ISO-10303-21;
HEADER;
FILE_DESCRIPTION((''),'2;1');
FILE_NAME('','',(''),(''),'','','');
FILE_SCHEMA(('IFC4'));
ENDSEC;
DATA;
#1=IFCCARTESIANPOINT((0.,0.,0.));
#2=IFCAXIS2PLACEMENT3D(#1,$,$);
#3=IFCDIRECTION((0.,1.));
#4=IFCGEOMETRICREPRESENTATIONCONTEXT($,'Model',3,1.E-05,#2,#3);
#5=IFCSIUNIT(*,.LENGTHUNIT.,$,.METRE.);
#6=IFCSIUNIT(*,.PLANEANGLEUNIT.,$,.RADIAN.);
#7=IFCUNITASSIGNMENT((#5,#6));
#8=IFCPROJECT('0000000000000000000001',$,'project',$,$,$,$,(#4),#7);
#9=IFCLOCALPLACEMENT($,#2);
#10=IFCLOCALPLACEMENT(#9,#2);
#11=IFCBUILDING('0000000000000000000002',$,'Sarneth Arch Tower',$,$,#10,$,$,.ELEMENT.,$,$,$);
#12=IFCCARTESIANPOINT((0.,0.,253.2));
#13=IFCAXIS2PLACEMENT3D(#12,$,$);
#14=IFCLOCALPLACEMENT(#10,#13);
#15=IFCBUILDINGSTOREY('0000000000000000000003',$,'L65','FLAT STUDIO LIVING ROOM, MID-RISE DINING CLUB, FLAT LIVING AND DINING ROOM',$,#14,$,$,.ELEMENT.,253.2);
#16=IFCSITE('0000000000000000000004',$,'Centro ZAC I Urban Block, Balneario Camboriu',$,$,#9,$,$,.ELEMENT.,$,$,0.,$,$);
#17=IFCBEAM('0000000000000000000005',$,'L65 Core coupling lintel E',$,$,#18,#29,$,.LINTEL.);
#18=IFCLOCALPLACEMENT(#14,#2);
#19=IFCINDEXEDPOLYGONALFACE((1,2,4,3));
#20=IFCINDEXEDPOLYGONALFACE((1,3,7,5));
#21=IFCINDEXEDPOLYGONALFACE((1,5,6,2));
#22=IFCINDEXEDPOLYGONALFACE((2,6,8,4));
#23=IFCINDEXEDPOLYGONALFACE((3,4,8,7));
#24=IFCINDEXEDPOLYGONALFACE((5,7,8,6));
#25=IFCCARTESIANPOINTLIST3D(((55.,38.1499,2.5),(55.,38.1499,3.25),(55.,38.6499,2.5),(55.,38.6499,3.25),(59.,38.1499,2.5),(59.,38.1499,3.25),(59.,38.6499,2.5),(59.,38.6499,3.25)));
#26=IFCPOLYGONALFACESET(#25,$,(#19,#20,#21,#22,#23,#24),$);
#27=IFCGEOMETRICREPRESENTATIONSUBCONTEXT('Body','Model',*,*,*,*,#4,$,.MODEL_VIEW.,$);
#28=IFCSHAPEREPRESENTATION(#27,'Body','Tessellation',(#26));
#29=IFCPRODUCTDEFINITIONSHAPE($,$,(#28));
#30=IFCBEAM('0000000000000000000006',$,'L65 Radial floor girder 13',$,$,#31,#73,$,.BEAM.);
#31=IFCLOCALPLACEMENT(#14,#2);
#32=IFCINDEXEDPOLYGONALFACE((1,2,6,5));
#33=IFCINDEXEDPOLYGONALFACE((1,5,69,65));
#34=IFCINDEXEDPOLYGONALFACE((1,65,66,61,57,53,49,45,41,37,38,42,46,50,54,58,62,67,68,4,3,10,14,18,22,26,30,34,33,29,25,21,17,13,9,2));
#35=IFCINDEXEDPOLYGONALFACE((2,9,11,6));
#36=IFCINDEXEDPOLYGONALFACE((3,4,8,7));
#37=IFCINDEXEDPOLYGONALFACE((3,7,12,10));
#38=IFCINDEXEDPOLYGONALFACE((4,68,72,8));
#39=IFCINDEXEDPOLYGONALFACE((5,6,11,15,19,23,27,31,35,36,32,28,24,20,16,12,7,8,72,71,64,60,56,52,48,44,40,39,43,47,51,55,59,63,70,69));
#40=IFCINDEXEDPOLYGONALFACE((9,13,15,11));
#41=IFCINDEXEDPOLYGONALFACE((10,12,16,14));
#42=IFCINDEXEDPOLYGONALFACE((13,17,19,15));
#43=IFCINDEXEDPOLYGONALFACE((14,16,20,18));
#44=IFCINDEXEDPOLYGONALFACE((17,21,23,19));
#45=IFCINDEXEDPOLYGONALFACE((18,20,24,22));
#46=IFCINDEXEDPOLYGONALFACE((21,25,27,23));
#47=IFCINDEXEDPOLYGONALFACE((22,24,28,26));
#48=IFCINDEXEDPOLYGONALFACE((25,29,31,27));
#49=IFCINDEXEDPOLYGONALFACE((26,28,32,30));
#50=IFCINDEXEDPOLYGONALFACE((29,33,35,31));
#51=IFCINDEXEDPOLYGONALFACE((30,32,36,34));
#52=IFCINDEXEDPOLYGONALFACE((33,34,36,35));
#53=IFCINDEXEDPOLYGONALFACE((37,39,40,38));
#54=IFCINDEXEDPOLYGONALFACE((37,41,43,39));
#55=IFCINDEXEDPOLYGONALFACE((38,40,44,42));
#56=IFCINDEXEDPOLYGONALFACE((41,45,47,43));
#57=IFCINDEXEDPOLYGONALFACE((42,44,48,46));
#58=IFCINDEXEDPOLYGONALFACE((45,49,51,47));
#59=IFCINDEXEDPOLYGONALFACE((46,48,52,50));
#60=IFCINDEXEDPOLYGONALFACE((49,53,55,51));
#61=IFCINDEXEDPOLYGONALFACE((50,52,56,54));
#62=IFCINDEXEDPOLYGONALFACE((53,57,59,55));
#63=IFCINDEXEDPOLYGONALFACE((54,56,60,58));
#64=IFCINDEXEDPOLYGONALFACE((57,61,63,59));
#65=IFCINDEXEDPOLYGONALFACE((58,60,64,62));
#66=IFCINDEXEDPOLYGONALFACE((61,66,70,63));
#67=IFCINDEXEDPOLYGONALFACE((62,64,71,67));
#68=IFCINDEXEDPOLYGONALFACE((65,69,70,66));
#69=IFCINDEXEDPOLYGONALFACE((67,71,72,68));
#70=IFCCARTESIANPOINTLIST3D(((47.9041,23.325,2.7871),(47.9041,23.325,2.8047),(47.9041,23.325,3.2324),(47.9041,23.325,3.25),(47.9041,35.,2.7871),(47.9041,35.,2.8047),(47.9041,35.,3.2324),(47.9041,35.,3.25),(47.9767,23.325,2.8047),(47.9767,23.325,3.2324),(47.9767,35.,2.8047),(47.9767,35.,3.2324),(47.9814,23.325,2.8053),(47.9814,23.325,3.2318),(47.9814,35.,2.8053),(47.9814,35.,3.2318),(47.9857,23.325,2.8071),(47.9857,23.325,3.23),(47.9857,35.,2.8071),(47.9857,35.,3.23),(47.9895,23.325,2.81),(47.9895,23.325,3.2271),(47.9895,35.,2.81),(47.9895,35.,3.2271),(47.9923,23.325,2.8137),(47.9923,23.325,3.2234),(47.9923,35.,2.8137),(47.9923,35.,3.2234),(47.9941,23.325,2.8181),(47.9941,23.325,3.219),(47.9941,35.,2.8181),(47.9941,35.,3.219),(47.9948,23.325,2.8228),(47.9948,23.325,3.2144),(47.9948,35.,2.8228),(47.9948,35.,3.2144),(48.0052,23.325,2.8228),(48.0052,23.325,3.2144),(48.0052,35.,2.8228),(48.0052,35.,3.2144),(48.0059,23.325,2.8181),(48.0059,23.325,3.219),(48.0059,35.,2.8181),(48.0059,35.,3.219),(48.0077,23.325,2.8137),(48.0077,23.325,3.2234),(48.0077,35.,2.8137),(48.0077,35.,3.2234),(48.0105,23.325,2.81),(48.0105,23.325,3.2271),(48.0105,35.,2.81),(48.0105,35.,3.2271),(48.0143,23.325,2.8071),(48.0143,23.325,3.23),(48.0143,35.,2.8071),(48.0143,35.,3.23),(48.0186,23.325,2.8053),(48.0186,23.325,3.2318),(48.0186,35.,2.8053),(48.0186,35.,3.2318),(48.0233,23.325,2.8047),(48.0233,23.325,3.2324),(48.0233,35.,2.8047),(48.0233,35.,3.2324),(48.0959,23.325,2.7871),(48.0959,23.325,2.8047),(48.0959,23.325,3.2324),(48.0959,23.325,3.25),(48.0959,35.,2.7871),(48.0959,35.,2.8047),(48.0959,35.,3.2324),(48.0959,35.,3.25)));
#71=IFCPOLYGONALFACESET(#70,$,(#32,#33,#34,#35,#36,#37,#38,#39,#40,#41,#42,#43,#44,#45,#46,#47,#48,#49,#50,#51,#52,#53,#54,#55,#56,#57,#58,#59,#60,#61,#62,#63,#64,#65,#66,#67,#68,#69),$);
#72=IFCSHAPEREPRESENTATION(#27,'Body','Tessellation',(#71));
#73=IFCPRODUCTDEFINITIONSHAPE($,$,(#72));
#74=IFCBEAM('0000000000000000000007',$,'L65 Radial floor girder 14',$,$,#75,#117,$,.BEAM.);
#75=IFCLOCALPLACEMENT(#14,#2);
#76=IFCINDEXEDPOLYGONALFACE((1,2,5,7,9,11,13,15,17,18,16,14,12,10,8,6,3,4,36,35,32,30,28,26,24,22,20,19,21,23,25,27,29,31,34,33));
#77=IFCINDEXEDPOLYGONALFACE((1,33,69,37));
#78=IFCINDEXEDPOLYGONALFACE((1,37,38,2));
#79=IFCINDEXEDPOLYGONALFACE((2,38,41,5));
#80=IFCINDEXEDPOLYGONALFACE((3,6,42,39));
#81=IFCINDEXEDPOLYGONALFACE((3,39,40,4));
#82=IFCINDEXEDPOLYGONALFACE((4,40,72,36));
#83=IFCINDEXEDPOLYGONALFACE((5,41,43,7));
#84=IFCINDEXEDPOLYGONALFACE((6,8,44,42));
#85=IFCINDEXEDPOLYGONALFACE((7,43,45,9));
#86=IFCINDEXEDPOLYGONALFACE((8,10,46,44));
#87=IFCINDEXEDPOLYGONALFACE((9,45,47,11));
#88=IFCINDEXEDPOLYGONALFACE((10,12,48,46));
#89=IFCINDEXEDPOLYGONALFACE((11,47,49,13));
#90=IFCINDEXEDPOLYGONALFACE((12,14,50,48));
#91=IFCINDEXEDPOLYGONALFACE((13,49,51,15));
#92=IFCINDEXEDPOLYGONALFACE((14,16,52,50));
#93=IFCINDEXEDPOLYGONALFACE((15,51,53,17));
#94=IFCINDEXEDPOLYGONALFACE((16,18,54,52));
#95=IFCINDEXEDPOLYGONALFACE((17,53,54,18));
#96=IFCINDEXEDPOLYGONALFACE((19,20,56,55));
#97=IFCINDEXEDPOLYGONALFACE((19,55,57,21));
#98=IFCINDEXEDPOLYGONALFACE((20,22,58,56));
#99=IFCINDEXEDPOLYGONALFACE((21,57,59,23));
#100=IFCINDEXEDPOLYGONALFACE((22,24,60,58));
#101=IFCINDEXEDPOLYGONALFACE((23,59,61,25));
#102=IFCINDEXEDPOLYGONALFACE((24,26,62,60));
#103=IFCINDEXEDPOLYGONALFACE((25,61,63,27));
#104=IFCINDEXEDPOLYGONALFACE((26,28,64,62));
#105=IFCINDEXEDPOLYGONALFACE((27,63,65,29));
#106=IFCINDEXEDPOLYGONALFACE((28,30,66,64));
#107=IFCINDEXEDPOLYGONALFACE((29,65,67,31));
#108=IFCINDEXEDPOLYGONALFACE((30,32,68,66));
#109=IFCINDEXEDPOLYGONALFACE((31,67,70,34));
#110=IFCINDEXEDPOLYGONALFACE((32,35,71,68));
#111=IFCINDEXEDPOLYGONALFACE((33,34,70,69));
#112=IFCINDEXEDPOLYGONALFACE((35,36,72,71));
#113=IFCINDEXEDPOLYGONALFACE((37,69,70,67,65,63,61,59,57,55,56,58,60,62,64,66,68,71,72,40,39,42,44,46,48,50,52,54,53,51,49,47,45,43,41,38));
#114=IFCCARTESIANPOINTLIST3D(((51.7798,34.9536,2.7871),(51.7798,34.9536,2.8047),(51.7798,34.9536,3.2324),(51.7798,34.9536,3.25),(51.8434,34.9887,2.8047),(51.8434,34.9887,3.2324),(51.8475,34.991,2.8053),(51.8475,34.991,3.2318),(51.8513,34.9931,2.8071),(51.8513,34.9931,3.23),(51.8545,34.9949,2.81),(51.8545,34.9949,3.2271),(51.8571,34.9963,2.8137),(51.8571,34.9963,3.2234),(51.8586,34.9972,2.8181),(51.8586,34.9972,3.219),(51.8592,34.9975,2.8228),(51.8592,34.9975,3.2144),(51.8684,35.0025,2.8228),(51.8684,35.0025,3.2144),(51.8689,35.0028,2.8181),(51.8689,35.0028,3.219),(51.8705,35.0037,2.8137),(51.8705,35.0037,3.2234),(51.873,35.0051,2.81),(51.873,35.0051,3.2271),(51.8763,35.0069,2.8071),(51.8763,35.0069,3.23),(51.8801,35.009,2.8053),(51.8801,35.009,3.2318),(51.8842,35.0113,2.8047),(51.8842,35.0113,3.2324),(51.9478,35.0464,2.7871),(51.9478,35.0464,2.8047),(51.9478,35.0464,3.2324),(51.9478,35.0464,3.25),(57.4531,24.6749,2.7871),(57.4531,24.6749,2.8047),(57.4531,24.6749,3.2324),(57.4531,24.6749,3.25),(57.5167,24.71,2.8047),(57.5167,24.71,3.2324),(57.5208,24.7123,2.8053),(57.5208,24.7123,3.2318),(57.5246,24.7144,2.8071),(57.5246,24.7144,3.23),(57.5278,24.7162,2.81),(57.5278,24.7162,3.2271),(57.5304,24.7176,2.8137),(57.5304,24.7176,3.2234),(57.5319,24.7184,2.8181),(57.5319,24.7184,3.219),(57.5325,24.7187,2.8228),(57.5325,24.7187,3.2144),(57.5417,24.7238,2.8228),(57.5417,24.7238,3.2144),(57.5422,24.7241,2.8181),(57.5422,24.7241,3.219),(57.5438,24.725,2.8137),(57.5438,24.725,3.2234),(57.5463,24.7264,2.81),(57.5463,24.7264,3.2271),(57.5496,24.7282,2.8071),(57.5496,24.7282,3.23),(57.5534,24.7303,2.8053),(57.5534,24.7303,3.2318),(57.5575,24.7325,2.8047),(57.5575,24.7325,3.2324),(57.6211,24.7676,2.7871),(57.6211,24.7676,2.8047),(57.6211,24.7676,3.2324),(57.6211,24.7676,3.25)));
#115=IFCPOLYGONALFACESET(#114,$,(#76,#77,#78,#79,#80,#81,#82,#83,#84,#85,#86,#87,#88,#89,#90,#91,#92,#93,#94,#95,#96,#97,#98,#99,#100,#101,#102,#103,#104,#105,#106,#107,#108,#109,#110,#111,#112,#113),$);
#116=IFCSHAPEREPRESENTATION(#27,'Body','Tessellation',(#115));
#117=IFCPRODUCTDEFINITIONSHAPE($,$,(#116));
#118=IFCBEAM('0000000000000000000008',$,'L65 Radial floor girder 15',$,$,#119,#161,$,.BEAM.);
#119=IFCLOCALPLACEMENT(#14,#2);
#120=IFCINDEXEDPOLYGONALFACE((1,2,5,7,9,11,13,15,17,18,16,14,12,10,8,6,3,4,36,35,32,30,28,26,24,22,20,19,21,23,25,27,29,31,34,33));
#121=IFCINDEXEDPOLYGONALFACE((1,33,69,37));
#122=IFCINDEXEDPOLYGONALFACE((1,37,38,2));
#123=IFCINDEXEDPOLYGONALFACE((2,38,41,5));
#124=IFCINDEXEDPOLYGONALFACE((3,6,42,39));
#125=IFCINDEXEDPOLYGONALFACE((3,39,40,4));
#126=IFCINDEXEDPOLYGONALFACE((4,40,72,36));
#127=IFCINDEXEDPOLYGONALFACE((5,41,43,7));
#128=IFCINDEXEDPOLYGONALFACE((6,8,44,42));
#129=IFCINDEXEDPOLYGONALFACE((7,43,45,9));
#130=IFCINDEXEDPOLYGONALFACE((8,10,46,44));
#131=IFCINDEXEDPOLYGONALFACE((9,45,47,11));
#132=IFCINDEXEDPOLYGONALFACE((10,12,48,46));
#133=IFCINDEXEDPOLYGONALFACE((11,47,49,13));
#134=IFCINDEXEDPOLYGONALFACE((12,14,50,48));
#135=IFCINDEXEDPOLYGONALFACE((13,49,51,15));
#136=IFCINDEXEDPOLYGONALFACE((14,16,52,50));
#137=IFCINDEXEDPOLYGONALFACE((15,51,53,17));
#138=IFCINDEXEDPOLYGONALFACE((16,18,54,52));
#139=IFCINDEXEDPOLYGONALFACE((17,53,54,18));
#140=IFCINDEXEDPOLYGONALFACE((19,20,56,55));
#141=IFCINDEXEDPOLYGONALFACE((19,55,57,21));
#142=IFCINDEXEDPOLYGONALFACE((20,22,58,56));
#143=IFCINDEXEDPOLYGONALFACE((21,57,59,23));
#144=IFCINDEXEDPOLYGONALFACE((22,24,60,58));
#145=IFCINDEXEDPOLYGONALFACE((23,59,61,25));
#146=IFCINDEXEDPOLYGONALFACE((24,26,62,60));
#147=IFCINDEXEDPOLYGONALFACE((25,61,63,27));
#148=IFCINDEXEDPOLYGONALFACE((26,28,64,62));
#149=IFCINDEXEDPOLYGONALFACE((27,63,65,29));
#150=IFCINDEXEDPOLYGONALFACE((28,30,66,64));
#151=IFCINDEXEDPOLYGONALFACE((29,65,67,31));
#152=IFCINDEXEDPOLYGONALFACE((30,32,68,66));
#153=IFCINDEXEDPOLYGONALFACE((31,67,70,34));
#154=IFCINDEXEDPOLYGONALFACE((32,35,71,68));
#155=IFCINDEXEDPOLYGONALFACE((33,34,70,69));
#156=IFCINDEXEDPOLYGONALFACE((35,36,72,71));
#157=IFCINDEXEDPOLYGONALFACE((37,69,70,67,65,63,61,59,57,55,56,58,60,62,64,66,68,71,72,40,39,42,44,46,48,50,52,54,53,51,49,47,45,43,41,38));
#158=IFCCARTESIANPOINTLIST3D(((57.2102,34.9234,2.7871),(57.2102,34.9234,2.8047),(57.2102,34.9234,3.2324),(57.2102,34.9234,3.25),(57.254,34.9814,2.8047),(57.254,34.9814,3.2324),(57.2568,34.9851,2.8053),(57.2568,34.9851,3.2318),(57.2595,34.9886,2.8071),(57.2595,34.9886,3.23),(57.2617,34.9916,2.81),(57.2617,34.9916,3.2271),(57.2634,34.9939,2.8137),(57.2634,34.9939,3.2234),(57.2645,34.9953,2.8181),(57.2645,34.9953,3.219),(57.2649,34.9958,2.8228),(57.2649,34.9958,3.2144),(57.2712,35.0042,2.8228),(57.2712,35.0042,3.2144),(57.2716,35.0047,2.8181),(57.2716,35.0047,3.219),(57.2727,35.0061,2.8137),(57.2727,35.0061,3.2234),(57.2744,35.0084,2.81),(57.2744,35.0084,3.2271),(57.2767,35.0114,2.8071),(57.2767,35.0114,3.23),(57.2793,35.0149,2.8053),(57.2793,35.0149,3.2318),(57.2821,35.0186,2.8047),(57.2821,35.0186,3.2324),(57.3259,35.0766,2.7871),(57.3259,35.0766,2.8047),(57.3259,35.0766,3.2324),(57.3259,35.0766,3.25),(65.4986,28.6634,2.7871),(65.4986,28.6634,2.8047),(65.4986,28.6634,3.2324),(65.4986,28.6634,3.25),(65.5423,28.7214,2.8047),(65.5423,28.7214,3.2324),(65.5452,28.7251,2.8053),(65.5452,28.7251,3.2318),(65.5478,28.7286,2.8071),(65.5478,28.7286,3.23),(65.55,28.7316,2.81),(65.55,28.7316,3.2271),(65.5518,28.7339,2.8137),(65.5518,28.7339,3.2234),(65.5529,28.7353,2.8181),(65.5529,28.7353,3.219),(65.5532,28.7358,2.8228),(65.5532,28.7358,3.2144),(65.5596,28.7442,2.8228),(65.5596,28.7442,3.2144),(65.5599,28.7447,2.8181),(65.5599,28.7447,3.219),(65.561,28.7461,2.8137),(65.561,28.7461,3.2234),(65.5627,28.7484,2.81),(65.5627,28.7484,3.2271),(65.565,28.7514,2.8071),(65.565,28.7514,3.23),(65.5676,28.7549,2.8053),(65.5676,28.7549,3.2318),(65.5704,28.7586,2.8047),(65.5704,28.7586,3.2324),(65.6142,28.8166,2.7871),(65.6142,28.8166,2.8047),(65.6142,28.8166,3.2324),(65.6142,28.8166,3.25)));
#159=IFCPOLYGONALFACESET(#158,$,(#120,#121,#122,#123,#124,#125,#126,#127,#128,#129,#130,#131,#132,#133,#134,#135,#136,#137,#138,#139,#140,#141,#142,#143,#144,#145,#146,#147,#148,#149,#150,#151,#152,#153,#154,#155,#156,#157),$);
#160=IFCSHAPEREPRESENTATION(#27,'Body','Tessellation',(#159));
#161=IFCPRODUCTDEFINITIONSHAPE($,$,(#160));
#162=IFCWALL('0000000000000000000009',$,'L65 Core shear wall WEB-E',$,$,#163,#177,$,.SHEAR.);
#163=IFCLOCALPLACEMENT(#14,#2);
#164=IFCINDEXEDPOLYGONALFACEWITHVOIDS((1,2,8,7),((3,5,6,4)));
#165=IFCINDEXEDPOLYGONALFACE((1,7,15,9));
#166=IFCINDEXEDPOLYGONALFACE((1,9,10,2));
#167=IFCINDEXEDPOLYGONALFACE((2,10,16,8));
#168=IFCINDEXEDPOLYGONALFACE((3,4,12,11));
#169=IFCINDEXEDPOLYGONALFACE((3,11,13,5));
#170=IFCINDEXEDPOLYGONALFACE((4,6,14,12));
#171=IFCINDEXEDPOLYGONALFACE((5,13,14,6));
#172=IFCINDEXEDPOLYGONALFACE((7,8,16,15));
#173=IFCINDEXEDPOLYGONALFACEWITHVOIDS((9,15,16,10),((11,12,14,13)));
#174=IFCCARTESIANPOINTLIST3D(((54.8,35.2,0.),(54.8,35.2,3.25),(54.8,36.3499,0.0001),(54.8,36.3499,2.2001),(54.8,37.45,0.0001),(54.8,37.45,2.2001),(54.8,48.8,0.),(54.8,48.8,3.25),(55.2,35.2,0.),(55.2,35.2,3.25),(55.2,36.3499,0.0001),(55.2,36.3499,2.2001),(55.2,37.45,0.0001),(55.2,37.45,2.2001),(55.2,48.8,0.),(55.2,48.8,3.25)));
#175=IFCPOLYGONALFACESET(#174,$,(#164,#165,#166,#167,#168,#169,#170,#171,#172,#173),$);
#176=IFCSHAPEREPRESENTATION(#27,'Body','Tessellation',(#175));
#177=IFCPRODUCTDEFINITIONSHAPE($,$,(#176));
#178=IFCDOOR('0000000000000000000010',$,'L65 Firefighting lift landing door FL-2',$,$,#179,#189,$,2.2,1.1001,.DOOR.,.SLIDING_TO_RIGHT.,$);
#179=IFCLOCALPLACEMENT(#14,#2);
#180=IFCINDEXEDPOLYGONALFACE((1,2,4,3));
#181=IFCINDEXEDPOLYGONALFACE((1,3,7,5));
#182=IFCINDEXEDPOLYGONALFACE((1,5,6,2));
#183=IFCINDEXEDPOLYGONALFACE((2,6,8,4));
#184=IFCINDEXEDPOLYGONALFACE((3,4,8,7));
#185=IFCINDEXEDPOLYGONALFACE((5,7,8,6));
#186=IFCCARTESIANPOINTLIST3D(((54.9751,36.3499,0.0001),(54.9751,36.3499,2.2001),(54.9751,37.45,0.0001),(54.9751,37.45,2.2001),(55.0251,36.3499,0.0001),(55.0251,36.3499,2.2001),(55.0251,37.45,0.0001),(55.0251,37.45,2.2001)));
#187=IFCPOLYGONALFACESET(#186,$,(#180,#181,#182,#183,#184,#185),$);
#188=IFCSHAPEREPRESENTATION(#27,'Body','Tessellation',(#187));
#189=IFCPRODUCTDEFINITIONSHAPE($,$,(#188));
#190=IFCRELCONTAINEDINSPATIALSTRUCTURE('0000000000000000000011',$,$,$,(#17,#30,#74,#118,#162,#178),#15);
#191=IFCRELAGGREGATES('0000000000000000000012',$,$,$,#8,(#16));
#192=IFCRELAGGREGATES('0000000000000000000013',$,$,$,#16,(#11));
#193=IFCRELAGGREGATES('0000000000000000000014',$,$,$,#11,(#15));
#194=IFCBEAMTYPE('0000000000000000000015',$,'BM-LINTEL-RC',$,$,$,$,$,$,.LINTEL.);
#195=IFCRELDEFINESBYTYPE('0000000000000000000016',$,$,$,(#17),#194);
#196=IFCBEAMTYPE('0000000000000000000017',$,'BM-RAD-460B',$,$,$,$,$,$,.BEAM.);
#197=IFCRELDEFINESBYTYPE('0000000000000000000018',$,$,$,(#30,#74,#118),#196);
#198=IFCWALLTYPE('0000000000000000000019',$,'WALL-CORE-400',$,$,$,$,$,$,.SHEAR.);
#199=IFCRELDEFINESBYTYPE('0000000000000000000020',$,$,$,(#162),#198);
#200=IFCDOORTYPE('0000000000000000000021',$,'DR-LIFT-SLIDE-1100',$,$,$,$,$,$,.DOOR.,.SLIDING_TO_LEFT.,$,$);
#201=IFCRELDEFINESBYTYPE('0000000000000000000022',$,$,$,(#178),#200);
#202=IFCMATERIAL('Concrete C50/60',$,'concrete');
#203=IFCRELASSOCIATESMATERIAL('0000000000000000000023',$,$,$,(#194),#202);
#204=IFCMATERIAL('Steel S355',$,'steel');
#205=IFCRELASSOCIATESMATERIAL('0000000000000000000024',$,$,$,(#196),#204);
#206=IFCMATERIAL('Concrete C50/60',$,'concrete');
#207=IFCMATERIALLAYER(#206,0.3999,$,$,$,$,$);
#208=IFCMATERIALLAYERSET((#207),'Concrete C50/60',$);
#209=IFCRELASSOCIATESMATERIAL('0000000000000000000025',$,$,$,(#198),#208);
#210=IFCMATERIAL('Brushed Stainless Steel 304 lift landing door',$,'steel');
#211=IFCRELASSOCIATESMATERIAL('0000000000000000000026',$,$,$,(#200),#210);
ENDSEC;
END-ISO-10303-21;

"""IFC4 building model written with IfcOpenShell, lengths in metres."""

from ifc_helpers import new_model, si_unit, direction, frame, frame_2d, origin, origin_2d, place, context, subcontext, project, spatial, rectangle, i_section, extrude, material, layer, layer_set, material_profile, profile_set, type_object, element, fill, save


model = new_model("IFC4")

# Units and contexts
model_context = context("Model", 3, precision=1e-05, world=origin(), true_north=direction((0.0, 1.0)))
body_context = subcontext(model_context, "Body", "Model", "MODEL_VIEW")
ifc_project = project(units=[si_unit("LENGTHUNIT", "METRE"), si_unit("PLANEANGLEUNIT", "RADIAN")], contexts=[model_context])

# Site, building, storey
site_placement = place(None, origin())
site = spatial("IfcSite", under=ifc_project, at=site_placement, Name="Centro ZAC I Urban Block, Balneario Camboriu", CompositionType="ELEMENT", RefElevation=0.0)
building_placement = place(site_placement, origin())
building = spatial("IfcBuilding", under=site, at=building_placement, Name="Sarneth Arch Tower", CompositionType="ELEMENT")
storey_placement = place(building_placement, frame((0.0, 0.0, 253.2)))
storey = spatial("IfcBuildingStorey", under=building, at=storey_placement, Name="L65", Description="FLAT STUDIO LIVING ROOM, MID-RISE DINING CLUB, FLAT LIVING AND DINING ROOM", CompositionType="ELEMENT", Elevation=253.2)

# Beams
ifc_material_1 = material(Name="Concrete C50/60", Category="concrete")
ifc_material_profile_1 = material_profile(ifc_material_1, rectangle(XDim=0.5, YDim=0.75, at=origin_2d()), Name="RC-500x750")
ifc_profile_set_1 = profile_set([ifc_material_profile_1], Name="Concrete C50/60")
beam_type_1 = type_object("IfcBeamType", Name="BM-LINTEL-RC", PredefinedType="LINTEL", material=ifc_profile_set_1)
beam_1_placement = place(storey_placement, frame((55.0, 38.3999, 2.875), z_axis=(1.0, 0.0, 0.0), x_axis=(0.0, 1.0, 0.0)))
element("IfcBeam", 1, at=beam_1_placement, inside=storey, type_object=beam_type_1, Name="L65 Core coupling lintel E", PredefinedType="LINTEL", context=body_context, shape_type="SweptSolid", body=[
    extrude(rectangle(XDim=0.5, YDim=0.75, at=origin_2d()), origin(), (0.0, 0.0, 1.0), 4.0),
])
ifc_material_2 = material(Name="Steel S355", Category="steel")
ifc_material_profile_2 = material_profile(ifc_material_2, i_section(OverallWidth=0.1919, OverallDepth=0.4629, WebThickness=0.0105, FlangeThickness=0.0176, FilletRadius=0.0181, at=origin_2d()), Name="W460x89")
ifc_profile_set_2 = profile_set([ifc_material_profile_2], Name="Steel S355")
beam_type_2 = type_object("IfcBeamType", Name="BM-RAD-460B", PredefinedType="BEAM", material=ifc_profile_set_2)
beam_2_placement = place(storey_placement, frame((48.0, 35.0, 3.0186), z_axis=(0.0, -1.0, 0.0), x_axis=(1.0, 0.0, 0.0)))
element("IfcBeam", 2, at=beam_2_placement, inside=storey, type_object=beam_type_2, Name="L65 Radial floor girder 13", PredefinedType="BEAM", context=body_context, shape_type="SweptSolid", body=[
    extrude(i_section(OverallWidth=0.1919, OverallDepth=0.4629, WebThickness=0.0105, FlangeThickness=0.0176, FilletRadius=0.0181, at=origin_2d()), origin(), (0.0, 0.0, 1.0), 11.675),
])
beam_3_placement = place(storey_placement, frame((51.8638, 35.0, 3.0186), z_axis=(0.483226, -0.875496, 0.0), x_axis=(0.875496, 0.483226, 0.0)))
element("IfcBeam", 3, at=beam_3_placement, inside=storey, type_object=beam_type_2, Name="L65 Radial floor girder 14", PredefinedType="BEAM", context=body_context, shape_type="SweptSolid", body=[
    extrude(i_section(OverallWidth=0.1919, OverallDepth=0.4629, WebThickness=0.0105, FlangeThickness=0.0176, FilletRadius=0.0181, at=origin_2d()), origin(), (0.0, 0.0, 1.0), 11.7405),
])
beam_4_placement = place(storey_placement, frame((57.2681, 35.0, 3.0186), z_axis=(0.797973, -0.602693, 0.0), x_axis=(0.602693, 0.797973, 0.0)))
element("IfcBeam", 4, at=beam_4_placement, inside=storey, type_object=beam_type_2, Name="L65 Radial floor girder 15", PredefinedType="BEAM", context=body_context, shape_type="SweptSolid", body=[
    extrude(i_section(OverallWidth=0.1919, OverallDepth=0.4629, WebThickness=0.0105, FlangeThickness=0.0176, FilletRadius=0.0181, at=origin_2d()), origin(), (0.0, 0.0, 1.0), 10.3867),
])

# Wall, opening, door
ifc_material_3 = material(Name="Concrete C50/60", Category="concrete")
ifc_layer_1 = layer(ifc_material_3, 0.3999)
ifc_layer_set_1 = layer_set([ifc_layer_1], Name="Concrete C50/60")
wall_type_1 = type_object("IfcWallType", Name="WALL-CORE-400", PredefinedType="SHEAR", material=ifc_layer_set_1)
wall_1_placement = place(storey_placement, frame((55.0, 35.2, 0.0), z_axis=(0.0, 0.0, 1.0), x_axis=(0.0, 1.0, 0.0)))
wall_1 = element("IfcWall", 5, at=wall_1_placement, inside=storey, type_object=wall_type_1, Name="L65 Core shear wall WEB-E", PredefinedType="SHEAR", context=body_context, shape_type="SweptSolid", body=[
    extrude(rectangle(XDim=13.6001, YDim=0.3999, at=frame_2d((6.8, 0.0))), origin(), (0.0, 0.0, 1.0), 3.25),
])
opening_1_placement = place(wall_1_placement, frame((1.1499, 0.0, 0.0)))
opening_1 = element("IfcOpeningElement", 6, at=opening_1_placement, cuts=wall_1, PredefinedType="OPENING", context=body_context, shape_type="SweptSolid", body=[
    extrude(rectangle(XDim=1.1001, YDim=2.2, at=frame_2d((0.55, 1.1001))), frame((0.0, 0.21, 0.0), z_axis=(0.0, -1.0, 0.0), x_axis=(1.0, 0.0, 0.0)), (0.0, 0.0, 1.0), 0.4199),
])
ifc_material_4 = material(Name="Brushed Stainless Steel 304 lift landing door", Category="steel")
door_type_1 = type_object("IfcDoorType", Name="DR-LIFT-SLIDE-1100", OperationType="SLIDING_TO_LEFT", PredefinedType="DOOR", material=ifc_material_4)
door_1_placement = place(opening_1_placement, origin())
door_1 = element("IfcDoor", 7, at=door_1_placement, inside=storey, type_object=door_type_1, Name="L65 Firefighting lift landing door FL-2", OperationType="SLIDING_TO_RIGHT", OverallHeight=2.2, OverallWidth=1.1001, PredefinedType="DOOR", context=body_context, shape_type="SweptSolid", body=[
    extrude(rectangle(XDim=1.1001, YDim=2.2, at=frame_2d((0.55, 1.1001))), frame((0.0, 0.0249, 0.0), z_axis=(0.0, -1.0, 0.0), x_axis=(1.0, 0.0, 0.0)), (0.0, 0.0, 1.0), 0.05),
])
fill(opening_1, door_1)

save(model, "model.ifc")
